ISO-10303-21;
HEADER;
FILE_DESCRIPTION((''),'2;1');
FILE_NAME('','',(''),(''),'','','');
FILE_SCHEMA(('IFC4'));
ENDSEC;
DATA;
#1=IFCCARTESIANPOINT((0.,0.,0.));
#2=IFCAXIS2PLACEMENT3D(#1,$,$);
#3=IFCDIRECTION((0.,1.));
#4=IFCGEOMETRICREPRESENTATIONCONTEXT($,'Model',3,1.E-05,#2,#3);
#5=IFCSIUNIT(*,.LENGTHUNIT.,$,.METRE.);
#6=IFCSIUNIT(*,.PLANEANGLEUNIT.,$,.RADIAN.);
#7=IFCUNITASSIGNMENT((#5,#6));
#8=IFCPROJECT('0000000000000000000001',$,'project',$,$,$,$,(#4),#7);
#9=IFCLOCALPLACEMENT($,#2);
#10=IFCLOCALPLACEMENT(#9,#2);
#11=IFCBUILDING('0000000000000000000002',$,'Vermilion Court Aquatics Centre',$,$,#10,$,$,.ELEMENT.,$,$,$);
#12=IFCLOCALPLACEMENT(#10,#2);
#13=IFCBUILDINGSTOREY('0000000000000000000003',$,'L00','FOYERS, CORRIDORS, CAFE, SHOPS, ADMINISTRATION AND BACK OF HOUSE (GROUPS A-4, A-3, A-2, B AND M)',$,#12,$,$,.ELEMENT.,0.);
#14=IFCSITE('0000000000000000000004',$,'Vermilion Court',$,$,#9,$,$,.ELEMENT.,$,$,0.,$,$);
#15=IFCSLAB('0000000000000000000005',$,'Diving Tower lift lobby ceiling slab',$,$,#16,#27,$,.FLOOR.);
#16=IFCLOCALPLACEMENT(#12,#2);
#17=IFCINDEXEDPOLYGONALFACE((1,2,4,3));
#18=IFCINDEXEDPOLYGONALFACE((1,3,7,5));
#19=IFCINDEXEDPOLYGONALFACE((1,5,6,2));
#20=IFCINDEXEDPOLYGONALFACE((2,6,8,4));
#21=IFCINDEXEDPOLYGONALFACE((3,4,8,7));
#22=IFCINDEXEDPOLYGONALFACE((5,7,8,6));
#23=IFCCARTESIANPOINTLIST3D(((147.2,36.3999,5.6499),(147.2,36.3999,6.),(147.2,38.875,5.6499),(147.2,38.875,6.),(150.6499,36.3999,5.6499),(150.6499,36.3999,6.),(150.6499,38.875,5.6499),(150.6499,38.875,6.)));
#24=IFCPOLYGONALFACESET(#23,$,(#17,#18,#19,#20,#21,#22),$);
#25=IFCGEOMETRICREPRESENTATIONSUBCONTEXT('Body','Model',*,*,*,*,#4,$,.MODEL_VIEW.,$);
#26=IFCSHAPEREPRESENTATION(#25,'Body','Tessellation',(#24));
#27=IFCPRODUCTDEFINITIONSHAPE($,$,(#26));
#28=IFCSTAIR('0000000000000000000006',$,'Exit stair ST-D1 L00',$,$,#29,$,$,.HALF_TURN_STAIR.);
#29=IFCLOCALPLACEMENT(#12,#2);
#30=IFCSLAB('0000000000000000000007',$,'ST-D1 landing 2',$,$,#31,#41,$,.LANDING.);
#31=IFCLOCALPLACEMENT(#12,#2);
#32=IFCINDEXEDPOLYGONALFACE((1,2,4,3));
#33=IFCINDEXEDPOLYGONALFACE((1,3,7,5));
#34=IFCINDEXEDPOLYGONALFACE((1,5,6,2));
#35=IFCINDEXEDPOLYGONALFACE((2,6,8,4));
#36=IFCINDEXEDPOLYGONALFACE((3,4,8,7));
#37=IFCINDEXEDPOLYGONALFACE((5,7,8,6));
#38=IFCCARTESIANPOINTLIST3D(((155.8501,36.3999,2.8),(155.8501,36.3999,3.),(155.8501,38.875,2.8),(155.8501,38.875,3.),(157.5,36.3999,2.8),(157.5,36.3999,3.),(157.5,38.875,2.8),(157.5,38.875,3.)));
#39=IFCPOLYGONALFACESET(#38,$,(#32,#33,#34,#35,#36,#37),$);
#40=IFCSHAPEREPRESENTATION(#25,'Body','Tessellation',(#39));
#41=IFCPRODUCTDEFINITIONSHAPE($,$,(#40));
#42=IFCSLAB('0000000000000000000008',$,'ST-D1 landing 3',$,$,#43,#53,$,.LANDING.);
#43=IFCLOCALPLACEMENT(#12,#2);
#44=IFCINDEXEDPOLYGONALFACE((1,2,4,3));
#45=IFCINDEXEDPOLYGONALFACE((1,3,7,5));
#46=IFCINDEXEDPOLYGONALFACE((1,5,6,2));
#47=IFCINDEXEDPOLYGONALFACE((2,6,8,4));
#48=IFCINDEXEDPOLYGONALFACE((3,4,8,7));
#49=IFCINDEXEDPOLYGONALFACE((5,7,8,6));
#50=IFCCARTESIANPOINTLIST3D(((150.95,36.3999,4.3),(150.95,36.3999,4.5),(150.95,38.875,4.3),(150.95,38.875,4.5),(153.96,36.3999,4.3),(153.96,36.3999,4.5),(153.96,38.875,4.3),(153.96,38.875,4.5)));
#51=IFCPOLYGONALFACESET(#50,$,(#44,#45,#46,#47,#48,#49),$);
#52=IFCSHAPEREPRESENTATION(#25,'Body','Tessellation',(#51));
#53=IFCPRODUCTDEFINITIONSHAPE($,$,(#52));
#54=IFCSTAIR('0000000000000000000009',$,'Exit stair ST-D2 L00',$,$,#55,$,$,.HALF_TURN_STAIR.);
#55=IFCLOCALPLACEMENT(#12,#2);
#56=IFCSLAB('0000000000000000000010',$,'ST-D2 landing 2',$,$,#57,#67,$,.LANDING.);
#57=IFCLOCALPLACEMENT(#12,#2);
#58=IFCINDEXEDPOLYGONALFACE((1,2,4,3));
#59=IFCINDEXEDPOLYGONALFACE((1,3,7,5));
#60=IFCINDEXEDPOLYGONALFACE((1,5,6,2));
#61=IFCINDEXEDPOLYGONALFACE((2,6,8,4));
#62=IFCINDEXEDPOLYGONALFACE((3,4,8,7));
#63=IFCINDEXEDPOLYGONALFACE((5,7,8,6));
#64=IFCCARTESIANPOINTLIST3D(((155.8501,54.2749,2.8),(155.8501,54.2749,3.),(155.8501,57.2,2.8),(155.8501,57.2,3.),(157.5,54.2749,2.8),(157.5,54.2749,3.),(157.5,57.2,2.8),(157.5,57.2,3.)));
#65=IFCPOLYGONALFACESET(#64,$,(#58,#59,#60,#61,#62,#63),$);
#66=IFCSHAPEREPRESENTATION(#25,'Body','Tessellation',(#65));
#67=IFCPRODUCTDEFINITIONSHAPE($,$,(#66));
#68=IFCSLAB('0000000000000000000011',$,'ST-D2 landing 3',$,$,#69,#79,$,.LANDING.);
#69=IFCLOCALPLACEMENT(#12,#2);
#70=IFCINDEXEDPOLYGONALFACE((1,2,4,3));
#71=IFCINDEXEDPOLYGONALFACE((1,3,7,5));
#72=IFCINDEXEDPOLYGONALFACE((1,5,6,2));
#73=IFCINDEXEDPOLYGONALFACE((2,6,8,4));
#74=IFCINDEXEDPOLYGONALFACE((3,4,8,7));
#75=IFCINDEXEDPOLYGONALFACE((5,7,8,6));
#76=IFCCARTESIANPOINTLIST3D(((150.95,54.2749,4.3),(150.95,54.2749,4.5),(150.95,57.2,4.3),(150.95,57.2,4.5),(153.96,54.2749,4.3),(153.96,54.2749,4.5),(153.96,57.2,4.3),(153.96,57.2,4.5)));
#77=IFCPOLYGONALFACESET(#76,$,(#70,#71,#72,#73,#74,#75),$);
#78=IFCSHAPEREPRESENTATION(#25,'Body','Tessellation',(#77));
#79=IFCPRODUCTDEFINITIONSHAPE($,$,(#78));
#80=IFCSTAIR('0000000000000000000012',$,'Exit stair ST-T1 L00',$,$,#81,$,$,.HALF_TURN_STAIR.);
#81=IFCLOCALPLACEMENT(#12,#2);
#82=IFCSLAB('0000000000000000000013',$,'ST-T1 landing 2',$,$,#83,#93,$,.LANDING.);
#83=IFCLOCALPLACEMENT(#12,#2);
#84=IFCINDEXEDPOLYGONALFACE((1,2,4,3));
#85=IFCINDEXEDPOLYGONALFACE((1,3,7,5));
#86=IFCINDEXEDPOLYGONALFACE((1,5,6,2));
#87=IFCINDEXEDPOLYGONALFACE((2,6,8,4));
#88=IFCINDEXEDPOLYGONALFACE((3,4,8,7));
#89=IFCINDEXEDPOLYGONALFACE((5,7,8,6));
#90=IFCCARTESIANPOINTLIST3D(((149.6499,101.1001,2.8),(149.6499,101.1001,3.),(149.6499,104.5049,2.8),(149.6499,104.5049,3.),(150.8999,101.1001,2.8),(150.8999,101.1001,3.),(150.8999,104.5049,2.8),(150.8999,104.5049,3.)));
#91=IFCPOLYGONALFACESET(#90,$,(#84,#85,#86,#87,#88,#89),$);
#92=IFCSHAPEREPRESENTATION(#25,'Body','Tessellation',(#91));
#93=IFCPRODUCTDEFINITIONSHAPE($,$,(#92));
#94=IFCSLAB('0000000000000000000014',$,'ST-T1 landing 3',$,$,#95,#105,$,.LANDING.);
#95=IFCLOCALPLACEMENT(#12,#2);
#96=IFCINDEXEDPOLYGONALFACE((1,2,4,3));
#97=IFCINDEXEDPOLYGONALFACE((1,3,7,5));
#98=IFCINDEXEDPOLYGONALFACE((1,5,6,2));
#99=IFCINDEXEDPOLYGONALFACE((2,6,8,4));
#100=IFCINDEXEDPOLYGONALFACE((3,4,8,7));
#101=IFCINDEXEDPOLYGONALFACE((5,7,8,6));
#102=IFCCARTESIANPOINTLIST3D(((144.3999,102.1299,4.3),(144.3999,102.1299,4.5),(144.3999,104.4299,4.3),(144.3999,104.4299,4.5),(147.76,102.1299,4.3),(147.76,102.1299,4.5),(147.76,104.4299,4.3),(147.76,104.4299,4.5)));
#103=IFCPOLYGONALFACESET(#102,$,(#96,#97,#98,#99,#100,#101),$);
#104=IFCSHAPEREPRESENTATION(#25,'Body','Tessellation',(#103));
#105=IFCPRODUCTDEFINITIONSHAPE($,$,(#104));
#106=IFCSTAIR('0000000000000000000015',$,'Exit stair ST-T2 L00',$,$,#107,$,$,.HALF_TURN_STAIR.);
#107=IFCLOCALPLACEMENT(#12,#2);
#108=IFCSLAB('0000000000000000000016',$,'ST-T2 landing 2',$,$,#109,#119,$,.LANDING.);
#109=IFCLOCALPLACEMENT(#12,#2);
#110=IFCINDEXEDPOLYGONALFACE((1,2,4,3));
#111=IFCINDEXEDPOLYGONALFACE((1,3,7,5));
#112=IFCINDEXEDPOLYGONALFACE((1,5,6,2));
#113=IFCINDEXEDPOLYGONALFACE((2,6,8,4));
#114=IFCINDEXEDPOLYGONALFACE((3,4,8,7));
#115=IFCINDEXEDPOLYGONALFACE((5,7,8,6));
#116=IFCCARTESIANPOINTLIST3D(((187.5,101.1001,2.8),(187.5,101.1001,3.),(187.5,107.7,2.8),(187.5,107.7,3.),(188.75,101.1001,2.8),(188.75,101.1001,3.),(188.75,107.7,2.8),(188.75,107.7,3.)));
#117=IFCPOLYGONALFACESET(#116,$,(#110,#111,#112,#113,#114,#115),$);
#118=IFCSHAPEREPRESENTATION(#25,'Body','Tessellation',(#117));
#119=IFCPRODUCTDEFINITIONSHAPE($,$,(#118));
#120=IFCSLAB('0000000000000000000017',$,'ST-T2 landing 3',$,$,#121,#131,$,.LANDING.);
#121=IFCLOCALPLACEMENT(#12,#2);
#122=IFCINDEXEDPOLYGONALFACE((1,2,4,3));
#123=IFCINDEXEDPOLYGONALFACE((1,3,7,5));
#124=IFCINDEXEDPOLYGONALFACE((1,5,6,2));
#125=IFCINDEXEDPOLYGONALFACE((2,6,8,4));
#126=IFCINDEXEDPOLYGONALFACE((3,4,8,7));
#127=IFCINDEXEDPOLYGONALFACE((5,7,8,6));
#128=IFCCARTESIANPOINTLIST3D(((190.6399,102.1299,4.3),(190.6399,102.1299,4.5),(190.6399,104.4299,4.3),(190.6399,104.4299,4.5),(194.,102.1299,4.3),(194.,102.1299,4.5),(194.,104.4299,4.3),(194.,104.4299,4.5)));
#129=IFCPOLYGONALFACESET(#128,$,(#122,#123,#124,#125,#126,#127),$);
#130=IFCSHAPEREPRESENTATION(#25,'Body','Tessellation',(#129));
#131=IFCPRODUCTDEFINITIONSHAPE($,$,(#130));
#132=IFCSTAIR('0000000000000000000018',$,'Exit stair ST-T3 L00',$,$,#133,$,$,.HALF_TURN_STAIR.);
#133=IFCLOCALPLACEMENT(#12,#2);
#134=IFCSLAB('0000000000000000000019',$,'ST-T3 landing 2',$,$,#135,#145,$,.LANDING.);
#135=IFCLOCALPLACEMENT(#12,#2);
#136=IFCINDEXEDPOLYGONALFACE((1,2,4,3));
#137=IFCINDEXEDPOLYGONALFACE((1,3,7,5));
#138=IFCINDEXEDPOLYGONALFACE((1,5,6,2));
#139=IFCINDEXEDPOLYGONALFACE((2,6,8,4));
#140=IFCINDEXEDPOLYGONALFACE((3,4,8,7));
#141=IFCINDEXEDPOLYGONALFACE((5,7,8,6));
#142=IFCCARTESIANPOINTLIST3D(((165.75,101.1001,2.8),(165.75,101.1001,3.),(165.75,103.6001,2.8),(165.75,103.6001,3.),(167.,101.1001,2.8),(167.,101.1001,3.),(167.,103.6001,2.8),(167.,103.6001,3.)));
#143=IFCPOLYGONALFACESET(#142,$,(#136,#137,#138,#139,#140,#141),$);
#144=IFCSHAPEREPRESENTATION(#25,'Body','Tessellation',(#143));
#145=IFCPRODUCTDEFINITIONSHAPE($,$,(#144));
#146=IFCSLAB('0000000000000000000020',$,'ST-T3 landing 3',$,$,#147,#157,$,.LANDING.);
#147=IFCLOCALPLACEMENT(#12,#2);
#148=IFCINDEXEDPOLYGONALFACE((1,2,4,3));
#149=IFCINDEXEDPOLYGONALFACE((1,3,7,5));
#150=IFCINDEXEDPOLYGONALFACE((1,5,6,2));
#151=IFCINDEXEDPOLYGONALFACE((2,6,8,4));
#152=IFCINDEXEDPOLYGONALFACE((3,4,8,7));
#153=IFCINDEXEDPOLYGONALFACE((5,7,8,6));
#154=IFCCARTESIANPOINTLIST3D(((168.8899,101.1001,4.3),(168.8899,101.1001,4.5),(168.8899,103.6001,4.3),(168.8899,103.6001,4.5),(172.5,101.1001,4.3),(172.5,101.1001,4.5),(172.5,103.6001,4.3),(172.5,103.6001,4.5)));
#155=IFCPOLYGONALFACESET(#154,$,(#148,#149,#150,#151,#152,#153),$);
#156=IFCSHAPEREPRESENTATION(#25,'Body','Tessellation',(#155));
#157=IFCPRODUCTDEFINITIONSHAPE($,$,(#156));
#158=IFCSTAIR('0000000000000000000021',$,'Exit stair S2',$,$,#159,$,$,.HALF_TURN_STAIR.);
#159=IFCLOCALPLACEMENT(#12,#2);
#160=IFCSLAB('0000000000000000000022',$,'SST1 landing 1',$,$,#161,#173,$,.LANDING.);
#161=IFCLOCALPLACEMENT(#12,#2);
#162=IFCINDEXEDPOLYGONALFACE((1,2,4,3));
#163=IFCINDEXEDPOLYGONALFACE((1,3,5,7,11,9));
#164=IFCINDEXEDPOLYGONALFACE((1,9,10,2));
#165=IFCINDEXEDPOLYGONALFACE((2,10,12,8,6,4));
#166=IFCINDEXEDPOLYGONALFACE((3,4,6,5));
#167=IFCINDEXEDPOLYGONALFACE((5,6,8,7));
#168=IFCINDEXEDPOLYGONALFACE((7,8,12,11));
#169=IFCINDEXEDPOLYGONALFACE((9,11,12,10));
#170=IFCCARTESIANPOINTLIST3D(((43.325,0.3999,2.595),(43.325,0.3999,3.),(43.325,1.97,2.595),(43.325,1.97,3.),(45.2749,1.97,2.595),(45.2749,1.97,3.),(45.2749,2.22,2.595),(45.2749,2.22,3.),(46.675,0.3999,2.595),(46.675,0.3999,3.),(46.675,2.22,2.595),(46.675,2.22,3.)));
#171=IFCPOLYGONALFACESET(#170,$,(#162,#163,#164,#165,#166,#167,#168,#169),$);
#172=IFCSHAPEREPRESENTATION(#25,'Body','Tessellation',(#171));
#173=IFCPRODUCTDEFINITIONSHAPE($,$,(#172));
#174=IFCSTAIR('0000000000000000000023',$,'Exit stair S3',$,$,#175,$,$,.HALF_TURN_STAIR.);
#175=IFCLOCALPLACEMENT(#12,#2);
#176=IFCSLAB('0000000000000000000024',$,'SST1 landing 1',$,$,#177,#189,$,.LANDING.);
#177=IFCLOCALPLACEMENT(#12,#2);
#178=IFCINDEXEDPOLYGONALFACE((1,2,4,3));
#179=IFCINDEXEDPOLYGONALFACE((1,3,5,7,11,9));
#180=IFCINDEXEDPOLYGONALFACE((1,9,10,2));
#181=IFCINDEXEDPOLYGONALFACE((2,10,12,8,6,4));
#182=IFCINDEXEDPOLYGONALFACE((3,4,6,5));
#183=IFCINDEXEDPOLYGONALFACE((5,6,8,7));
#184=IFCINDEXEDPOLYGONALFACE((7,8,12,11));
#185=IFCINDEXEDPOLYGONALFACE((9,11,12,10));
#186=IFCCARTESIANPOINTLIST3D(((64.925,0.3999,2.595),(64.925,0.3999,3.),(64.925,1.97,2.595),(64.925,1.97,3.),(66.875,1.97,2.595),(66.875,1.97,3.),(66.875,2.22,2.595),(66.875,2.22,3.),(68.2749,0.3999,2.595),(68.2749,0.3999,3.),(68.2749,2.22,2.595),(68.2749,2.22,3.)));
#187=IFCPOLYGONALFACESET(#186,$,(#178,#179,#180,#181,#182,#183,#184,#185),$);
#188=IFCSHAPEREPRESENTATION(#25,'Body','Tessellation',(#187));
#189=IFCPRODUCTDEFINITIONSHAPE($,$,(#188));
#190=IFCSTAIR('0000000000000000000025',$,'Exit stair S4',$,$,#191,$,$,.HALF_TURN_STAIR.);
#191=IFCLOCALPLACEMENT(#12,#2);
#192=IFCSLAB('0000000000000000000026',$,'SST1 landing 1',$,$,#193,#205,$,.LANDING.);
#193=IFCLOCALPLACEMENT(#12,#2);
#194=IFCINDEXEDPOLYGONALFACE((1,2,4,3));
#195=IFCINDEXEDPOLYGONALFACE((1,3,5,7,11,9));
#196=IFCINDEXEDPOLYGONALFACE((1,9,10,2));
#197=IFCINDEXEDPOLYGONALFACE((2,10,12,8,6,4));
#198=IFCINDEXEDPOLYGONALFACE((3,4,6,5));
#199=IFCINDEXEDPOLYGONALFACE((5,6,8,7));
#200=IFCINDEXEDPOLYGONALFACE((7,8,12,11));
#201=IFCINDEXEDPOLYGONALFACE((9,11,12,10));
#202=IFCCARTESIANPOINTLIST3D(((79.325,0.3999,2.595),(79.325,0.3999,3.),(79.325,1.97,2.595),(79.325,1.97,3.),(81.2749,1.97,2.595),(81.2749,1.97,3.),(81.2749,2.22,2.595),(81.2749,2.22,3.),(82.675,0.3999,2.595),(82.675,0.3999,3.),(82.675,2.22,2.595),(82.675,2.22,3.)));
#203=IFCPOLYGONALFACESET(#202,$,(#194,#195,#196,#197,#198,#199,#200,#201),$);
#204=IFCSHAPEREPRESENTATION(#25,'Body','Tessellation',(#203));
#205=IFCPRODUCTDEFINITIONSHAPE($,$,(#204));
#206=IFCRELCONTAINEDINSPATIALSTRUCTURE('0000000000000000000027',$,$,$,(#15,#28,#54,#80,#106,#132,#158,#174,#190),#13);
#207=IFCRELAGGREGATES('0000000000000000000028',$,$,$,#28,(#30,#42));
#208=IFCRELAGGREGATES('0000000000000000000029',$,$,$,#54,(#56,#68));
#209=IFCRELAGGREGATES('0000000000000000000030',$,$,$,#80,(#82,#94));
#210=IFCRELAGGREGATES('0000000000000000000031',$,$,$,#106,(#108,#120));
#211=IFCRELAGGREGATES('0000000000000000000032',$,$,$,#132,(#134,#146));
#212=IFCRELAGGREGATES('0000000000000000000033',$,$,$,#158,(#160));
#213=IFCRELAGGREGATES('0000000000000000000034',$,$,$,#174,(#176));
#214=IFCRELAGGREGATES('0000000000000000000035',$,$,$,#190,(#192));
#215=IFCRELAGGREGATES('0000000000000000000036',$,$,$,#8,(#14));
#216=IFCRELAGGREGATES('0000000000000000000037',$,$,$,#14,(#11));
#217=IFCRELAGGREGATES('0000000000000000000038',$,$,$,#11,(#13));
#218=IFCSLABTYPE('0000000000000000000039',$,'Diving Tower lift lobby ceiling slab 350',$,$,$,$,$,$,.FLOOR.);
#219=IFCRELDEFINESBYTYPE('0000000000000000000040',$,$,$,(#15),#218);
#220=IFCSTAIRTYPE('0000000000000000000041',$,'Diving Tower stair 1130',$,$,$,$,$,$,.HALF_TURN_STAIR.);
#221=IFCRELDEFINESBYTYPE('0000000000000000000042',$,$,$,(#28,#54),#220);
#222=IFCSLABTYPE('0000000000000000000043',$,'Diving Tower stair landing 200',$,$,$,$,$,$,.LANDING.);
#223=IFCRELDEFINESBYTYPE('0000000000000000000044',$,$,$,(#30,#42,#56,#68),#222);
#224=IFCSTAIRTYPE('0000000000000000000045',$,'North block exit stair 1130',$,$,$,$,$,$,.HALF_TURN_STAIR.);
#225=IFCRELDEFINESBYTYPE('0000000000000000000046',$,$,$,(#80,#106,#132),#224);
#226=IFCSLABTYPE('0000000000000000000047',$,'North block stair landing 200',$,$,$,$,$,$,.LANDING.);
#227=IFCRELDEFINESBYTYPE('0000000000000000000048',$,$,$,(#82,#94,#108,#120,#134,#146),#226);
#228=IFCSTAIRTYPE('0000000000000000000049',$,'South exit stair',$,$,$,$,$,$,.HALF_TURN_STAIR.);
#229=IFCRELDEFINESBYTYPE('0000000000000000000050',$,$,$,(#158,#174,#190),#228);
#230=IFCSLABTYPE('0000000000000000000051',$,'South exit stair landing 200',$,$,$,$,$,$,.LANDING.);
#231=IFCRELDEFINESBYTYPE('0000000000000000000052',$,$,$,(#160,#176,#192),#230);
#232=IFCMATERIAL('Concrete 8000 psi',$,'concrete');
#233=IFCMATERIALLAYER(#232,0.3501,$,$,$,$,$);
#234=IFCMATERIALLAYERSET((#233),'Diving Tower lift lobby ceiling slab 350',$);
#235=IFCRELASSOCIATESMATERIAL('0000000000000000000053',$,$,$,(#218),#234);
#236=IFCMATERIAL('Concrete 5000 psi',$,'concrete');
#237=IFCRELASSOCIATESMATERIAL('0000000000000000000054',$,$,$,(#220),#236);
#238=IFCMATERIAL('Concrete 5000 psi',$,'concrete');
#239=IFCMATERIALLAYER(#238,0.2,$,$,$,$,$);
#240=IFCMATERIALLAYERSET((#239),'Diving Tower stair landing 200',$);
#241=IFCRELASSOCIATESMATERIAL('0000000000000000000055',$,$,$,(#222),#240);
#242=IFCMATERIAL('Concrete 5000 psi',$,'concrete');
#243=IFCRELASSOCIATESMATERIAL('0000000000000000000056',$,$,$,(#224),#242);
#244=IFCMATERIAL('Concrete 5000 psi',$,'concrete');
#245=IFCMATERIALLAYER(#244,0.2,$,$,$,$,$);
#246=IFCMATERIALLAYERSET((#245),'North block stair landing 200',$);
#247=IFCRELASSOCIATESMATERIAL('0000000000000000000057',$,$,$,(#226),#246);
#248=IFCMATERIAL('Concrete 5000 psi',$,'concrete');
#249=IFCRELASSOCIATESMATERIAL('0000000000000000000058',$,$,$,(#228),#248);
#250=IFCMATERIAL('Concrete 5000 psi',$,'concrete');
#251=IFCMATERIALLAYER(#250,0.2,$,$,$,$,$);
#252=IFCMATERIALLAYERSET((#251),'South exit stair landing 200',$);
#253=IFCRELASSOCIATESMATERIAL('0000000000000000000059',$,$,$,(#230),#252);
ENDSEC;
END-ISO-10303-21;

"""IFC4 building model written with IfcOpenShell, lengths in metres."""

from ifc_helpers import new_model, si_unit, direction, frame, origin, place, context, subcontext, project, spatial, polyline, outline, extrude, material, layer, layer_set, type_object, element, aggregate, save


model = new_model("IFC4")

# Units and contexts
model_context = context("Model", 3, precision=1e-05, world=origin(), true_north=direction((0.0, 1.0)))
body_context = subcontext(model_context, "Body", "Model", "MODEL_VIEW")
ifc_project = project(units=[si_unit("LENGTHUNIT", "METRE"), si_unit("PLANEANGLEUNIT", "RADIAN")], contexts=[model_context])

# Site, building, storey
site_placement = place(None, origin())
site = spatial("IfcSite", under=ifc_project, at=site_placement, Name="Vermilion Court", CompositionType="ELEMENT", RefElevation=0.0)
building_placement = place(site_placement, origin())
building = spatial("IfcBuilding", under=site, at=building_placement, Name="Vermilion Court Aquatics Centre", CompositionType="ELEMENT")
storey_placement = place(building_placement, origin())
storey = spatial("IfcBuildingStorey", under=building, at=storey_placement, Name="L00", Description="FOYERS, CORRIDORS, CAFE, SHOPS, ADMINISTRATION AND BACK OF HOUSE (GROUPS A-4, A-3, A-2, B AND M)", CompositionType="ELEMENT", Elevation=0.0)

# Slab
ifc_material_1 = material(Name="Concrete 8000 psi", Category="concrete")
ifc_layer_1 = layer(ifc_material_1, 0.3501)
ifc_layer_set_1 = layer_set([ifc_layer_1], Name="Diving Tower lift lobby ceiling slab 350")
slab_type_1 = type_object("IfcSlabType", Name="Diving Tower lift lobby ceiling slab 350", PredefinedType="FLOOR", material=ifc_layer_set_1)
slab_1_placement = place(storey_placement, frame((0.0, 0.0, 5.6499)))
element("IfcSlab", 1, at=slab_1_placement, inside=storey, type_object=slab_type_1, Name="Diving Tower lift lobby ceiling slab", PredefinedType="FLOOR", context=body_context, shape_type="SweptSolid", body=[
    extrude(outline(polyline([(147.2, 36.3999), (150.6499, 36.3999), (150.6499, 38.875), (147.2, 38.875), (147.2, 36.3999)])), origin(), (0.0, 0.0, 1.0), 0.3501),
])

# Stairs, slabs
ifc_material_2 = material(Name="Concrete 5000 psi", Category="concrete")
stair_type_1 = type_object("IfcStairType", Name="Diving Tower stair 1130", PredefinedType="HALF_TURN_STAIR", material=ifc_material_2)
stair_1_placement = place(storey_placement, origin())
stair_1 = element("IfcStair", 2, at=stair_1_placement, inside=storey, type_object=stair_type_1, Name="Exit stair ST-D1 L00", PredefinedType="HALF_TURN_STAIR")
ifc_material_3 = material(Name="Concrete 5000 psi", Category="concrete")
ifc_layer_2 = layer(ifc_material_3, 0.2)
ifc_layer_set_2 = layer_set([ifc_layer_2], Name="Diving Tower stair landing 200")
slab_type_2 = type_object("IfcSlabType", Name="Diving Tower stair landing 200", PredefinedType="LANDING", material=ifc_layer_set_2)
slab_2_placement = place(storey_placement, frame((0.0, 0.0, 2.8)))
slab_2 = element("IfcSlab", 3, at=slab_2_placement, type_object=slab_type_2, Name="ST-D1 landing 2", PredefinedType="LANDING", context=body_context, shape_type="SweptSolid", body=[
    extrude(outline(polyline([(155.8501, 36.3999), (157.5, 36.3999), (157.5, 38.875), (155.8501, 38.875), (155.8501, 36.3999)])), origin(), (0.0, 0.0, 1.0), 0.2),
])
slab_3_placement = place(storey_placement, frame((0.0, 0.0, 4.3)))
slab_3 = element("IfcSlab", 4, at=slab_3_placement, type_object=slab_type_2, Name="ST-D1 landing 3", PredefinedType="LANDING", context=body_context, shape_type="SweptSolid", body=[
    extrude(outline(polyline([(150.95, 36.3999), (153.96, 36.3999), (153.96, 38.875), (150.95, 38.875), (150.95, 36.3999)])), origin(), (0.0, 0.0, 1.0), 0.2),
])
aggregate(stair_1, [slab_2, slab_3])
stair_2_placement = place(storey_placement, origin())
stair_2 = element("IfcStair", 5, at=stair_2_placement, inside=storey, type_object=stair_type_1, Name="Exit stair ST-D2 L00", PredefinedType="HALF_TURN_STAIR")
slab_4_placement = place(storey_placement, frame((0.0, 0.0, 2.8)))
slab_4 = element("IfcSlab", 6, at=slab_4_placement, type_object=slab_type_2, Name="ST-D2 landing 2", PredefinedType="LANDING", context=body_context, shape_type="SweptSolid", body=[
    extrude(outline(polyline([(155.8501, 54.2749), (157.5, 54.2749), (157.5, 57.2), (155.8501, 57.2), (155.8501, 54.2749)])), origin(), (0.0, 0.0, 1.0), 0.2),
])
slab_5_placement = place(storey_placement, frame((0.0, 0.0, 4.3)))
slab_5 = element("IfcSlab", 7, at=slab_5_placement, type_object=slab_type_2, Name="ST-D2 landing 3", PredefinedType="LANDING", context=body_context, shape_type="SweptSolid", body=[
    extrude(outline(polyline([(150.95, 54.2749), (153.96, 54.2749), (153.96, 57.2), (150.95, 57.2), (150.95, 54.2749)])), origin(), (0.0, 0.0, 1.0), 0.2),
])
aggregate(stair_2, [slab_4, slab_5])
ifc_material_4 = material(Name="Concrete 5000 psi", Category="concrete")
stair_type_2 = type_object("IfcStairType", Name="North block exit stair 1130", PredefinedType="HALF_TURN_STAIR", material=ifc_material_4)
stair_3_placement = place(storey_placement, origin())
stair_3 = element("IfcStair", 8, at=stair_3_placement, inside=storey, type_object=stair_type_2, Name="Exit stair ST-T1 L00", PredefinedType="HALF_TURN_STAIR")
ifc_material_5 = material(Name="Concrete 5000 psi", Category="concrete")
ifc_layer_3 = layer(ifc_material_5, 0.2)
ifc_layer_set_3 = layer_set([ifc_layer_3], Name="North block stair landing 200")
slab_type_3 = type_object("IfcSlabType", Name="North block stair landing 200", PredefinedType="LANDING", material=ifc_layer_set_3)
slab_6_placement = place(storey_placement, frame((0.0, 0.0, 2.8)))
slab_6 = element("IfcSlab", 9, at=slab_6_placement, type_object=slab_type_3, Name="ST-T1 landing 2", PredefinedType="LANDING", context=body_context, shape_type="SweptSolid", body=[
    extrude(outline(polyline([(149.6499, 101.1001), (150.8999, 101.1001), (150.8999, 104.5049), (149.6499, 104.5049), (149.6499, 101.1001)])), origin(), (0.0, 0.0, 1.0), 0.2),
])
slab_7_placement = place(storey_placement, frame((0.0, 0.0, 4.3)))
slab_7 = element("IfcSlab", 10, at=slab_7_placement, type_object=slab_type_3, Name="ST-T1 landing 3", PredefinedType="LANDING", context=body_context, shape_type="SweptSolid", body=[
    extrude(outline(polyline([(144.3999, 102.1299), (147.76, 102.1299), (147.76, 104.4299), (144.3999, 104.4299), (144.3999, 102.1299)])), origin(), (0.0, 0.0, 1.0), 0.2),
])
aggregate(stair_3, [slab_6, slab_7])
stair_4_placement = place(storey_placement, origin())
stair_4 = element("IfcStair", 11, at=stair_4_placement, inside=storey, type_object=stair_type_2, Name="Exit stair ST-T2 L00", PredefinedType="HALF_TURN_STAIR")
slab_8_placement = place(storey_placement, frame((0.0, 0.0, 2.8)))
slab_8 = element("IfcSlab", 12, at=slab_8_placement, type_object=slab_type_3, Name="ST-T2 landing 2", PredefinedType="LANDING", context=body_context, shape_type="SweptSolid", body=[
    extrude(outline(polyline([(187.5, 101.1001), (188.75, 101.1001), (188.75, 107.7), (187.5, 107.7), (187.5, 101.1001)])), origin(), (0.0, 0.0, 1.0), 0.2),
])
slab_9_placement = place(storey_placement, frame((0.0, 0.0, 4.3)))
slab_9 = element("IfcSlab", 13, at=slab_9_placement, type_object=slab_type_3, Name="ST-T2 landing 3", PredefinedType="LANDING", context=body_context, shape_type="SweptSolid", body=[
    extrude(outline(polyline([(190.6399, 102.1299), (194.0, 102.1299), (194.0, 104.4299), (190.6399, 104.4299), (190.6399, 102.1299)])), origin(), (0.0, 0.0, 1.0), 0.2),
])
aggregate(stair_4, [slab_8, slab_9])
stair_5_placement = place(storey_placement, origin())
stair_5 = element("IfcStair", 14, at=stair_5_placement, inside=storey, type_object=stair_type_2, Name="Exit stair ST-T3 L00", PredefinedType="HALF_TURN_STAIR")
slab_10_placement = place(storey_placement, frame((0.0, 0.0, 2.8)))
slab_10 = element("IfcSlab", 15, at=slab_10_placement, type_object=slab_type_3, Name="ST-T3 landing 2", PredefinedType="LANDING", context=body_context, shape_type="SweptSolid", body=[
    extrude(outline(polyline([(165.75, 101.1001), (167.0, 101.1001), (167.0, 103.6001), (165.75, 103.6001), (165.75, 101.1001)])), origin(), (0.0, 0.0, 1.0), 0.2),
])
slab_11_placement = place(storey_placement, frame((0.0, 0.0, 4.3)))
slab_11 = element("IfcSlab", 16, at=slab_11_placement, type_object=slab_type_3, Name="ST-T3 landing 3", PredefinedType="LANDING", context=body_context, shape_type="SweptSolid", body=[
    extrude(outline(polyline([(168.8899, 101.1001), (172.5, 101.1001), (172.5, 103.6001), (168.8899, 103.6001), (168.8899, 101.1001)])), origin(), (0.0, 0.0, 1.0), 0.2),
])
aggregate(stair_5, [slab_10, slab_11])

# Stairs, slabs
ifc_material_6 = material(Name="Concrete 5000 psi", Category="concrete")
stair_type_3 = type_object("IfcStairType", Name="South exit stair", PredefinedType="HALF_TURN_STAIR", material=ifc_material_6)
stair_6_placement = place(storey_placement, origin())
stair_6 = element("IfcStair", 17, at=stair_6_placement, inside=storey, type_object=stair_type_3, Name="Exit stair S2", PredefinedType="HALF_TURN_STAIR")
ifc_material_7 = material(Name="Concrete 5000 psi", Category="concrete")
ifc_layer_4 = layer(ifc_material_7, 0.2)
ifc_layer_set_4 = layer_set([ifc_layer_4], Name="South exit stair landing 200")
slab_type_4 = type_object("IfcSlabType", Name="South exit stair landing 200", PredefinedType="LANDING", material=ifc_layer_set_4)
slab_12_placement = place(storey_placement, frame((0.0, 0.0, 2.595)))
slab_12 = element("IfcSlab", 18, at=slab_12_placement, type_object=slab_type_4, Name="SST1 landing 1", PredefinedType="LANDING", context=body_context, shape_type="SweptSolid", body=[
    extrude(outline(polyline([(43.325, 0.3999), (46.675, 0.3999), (46.675, 2.22), (45.2749, 2.22), (45.2749, 1.97), (43.325, 1.97), (43.325, 0.3999)])), origin(), (0.0, 0.0, 1.0), 0.405),
])
aggregate(stair_6, [slab_12])
stair_7_placement = place(storey_placement, origin())
stair_7 = element("IfcStair", 19, at=stair_7_placement, inside=storey, type_object=stair_type_3, Name="Exit stair S3", PredefinedType="HALF_TURN_STAIR")
slab_13_placement = place(storey_placement, frame((0.0, 0.0, 2.595)))
slab_13 = element("IfcSlab", 20, at=slab_13_placement, type_object=slab_type_4, Name="SST1 landing 1", PredefinedType="LANDING", context=body_context, shape_type="SweptSolid", body=[
    extrude(outline(polyline([(64.925, 0.3999), (68.2749, 0.3999), (68.2749, 2.22), (66.875, 2.22), (66.875, 1.97), (64.925, 1.97), (64.925, 0.3999)])), origin(), (0.0, 0.0, 1.0), 0.405),
])
aggregate(stair_7, [slab_13])
stair_8_placement = place(storey_placement, origin())
stair_8 = element("IfcStair", 21, at=stair_8_placement, inside=storey, type_object=stair_type_3, Name="Exit stair S4", PredefinedType="HALF_TURN_STAIR")
slab_14_placement = place(storey_placement, frame((0.0, 0.0, 2.595)))
slab_14 = element("IfcSlab", 22, at=slab_14_placement, type_object=slab_type_4, Name="SST1 landing 1", PredefinedType="LANDING", context=body_context, shape_type="SweptSolid", body=[
    extrude(outline(polyline([(79.325, 0.3999), (82.675, 0.3999), (82.675, 2.22), (81.2749, 2.22), (81.2749, 1.97), (79.325, 1.97), (79.325, 0.3999)])), origin(), (0.0, 0.0, 1.0), 0.405),
])
aggregate(stair_8, [slab_14])

save(model, "model.ifc")
